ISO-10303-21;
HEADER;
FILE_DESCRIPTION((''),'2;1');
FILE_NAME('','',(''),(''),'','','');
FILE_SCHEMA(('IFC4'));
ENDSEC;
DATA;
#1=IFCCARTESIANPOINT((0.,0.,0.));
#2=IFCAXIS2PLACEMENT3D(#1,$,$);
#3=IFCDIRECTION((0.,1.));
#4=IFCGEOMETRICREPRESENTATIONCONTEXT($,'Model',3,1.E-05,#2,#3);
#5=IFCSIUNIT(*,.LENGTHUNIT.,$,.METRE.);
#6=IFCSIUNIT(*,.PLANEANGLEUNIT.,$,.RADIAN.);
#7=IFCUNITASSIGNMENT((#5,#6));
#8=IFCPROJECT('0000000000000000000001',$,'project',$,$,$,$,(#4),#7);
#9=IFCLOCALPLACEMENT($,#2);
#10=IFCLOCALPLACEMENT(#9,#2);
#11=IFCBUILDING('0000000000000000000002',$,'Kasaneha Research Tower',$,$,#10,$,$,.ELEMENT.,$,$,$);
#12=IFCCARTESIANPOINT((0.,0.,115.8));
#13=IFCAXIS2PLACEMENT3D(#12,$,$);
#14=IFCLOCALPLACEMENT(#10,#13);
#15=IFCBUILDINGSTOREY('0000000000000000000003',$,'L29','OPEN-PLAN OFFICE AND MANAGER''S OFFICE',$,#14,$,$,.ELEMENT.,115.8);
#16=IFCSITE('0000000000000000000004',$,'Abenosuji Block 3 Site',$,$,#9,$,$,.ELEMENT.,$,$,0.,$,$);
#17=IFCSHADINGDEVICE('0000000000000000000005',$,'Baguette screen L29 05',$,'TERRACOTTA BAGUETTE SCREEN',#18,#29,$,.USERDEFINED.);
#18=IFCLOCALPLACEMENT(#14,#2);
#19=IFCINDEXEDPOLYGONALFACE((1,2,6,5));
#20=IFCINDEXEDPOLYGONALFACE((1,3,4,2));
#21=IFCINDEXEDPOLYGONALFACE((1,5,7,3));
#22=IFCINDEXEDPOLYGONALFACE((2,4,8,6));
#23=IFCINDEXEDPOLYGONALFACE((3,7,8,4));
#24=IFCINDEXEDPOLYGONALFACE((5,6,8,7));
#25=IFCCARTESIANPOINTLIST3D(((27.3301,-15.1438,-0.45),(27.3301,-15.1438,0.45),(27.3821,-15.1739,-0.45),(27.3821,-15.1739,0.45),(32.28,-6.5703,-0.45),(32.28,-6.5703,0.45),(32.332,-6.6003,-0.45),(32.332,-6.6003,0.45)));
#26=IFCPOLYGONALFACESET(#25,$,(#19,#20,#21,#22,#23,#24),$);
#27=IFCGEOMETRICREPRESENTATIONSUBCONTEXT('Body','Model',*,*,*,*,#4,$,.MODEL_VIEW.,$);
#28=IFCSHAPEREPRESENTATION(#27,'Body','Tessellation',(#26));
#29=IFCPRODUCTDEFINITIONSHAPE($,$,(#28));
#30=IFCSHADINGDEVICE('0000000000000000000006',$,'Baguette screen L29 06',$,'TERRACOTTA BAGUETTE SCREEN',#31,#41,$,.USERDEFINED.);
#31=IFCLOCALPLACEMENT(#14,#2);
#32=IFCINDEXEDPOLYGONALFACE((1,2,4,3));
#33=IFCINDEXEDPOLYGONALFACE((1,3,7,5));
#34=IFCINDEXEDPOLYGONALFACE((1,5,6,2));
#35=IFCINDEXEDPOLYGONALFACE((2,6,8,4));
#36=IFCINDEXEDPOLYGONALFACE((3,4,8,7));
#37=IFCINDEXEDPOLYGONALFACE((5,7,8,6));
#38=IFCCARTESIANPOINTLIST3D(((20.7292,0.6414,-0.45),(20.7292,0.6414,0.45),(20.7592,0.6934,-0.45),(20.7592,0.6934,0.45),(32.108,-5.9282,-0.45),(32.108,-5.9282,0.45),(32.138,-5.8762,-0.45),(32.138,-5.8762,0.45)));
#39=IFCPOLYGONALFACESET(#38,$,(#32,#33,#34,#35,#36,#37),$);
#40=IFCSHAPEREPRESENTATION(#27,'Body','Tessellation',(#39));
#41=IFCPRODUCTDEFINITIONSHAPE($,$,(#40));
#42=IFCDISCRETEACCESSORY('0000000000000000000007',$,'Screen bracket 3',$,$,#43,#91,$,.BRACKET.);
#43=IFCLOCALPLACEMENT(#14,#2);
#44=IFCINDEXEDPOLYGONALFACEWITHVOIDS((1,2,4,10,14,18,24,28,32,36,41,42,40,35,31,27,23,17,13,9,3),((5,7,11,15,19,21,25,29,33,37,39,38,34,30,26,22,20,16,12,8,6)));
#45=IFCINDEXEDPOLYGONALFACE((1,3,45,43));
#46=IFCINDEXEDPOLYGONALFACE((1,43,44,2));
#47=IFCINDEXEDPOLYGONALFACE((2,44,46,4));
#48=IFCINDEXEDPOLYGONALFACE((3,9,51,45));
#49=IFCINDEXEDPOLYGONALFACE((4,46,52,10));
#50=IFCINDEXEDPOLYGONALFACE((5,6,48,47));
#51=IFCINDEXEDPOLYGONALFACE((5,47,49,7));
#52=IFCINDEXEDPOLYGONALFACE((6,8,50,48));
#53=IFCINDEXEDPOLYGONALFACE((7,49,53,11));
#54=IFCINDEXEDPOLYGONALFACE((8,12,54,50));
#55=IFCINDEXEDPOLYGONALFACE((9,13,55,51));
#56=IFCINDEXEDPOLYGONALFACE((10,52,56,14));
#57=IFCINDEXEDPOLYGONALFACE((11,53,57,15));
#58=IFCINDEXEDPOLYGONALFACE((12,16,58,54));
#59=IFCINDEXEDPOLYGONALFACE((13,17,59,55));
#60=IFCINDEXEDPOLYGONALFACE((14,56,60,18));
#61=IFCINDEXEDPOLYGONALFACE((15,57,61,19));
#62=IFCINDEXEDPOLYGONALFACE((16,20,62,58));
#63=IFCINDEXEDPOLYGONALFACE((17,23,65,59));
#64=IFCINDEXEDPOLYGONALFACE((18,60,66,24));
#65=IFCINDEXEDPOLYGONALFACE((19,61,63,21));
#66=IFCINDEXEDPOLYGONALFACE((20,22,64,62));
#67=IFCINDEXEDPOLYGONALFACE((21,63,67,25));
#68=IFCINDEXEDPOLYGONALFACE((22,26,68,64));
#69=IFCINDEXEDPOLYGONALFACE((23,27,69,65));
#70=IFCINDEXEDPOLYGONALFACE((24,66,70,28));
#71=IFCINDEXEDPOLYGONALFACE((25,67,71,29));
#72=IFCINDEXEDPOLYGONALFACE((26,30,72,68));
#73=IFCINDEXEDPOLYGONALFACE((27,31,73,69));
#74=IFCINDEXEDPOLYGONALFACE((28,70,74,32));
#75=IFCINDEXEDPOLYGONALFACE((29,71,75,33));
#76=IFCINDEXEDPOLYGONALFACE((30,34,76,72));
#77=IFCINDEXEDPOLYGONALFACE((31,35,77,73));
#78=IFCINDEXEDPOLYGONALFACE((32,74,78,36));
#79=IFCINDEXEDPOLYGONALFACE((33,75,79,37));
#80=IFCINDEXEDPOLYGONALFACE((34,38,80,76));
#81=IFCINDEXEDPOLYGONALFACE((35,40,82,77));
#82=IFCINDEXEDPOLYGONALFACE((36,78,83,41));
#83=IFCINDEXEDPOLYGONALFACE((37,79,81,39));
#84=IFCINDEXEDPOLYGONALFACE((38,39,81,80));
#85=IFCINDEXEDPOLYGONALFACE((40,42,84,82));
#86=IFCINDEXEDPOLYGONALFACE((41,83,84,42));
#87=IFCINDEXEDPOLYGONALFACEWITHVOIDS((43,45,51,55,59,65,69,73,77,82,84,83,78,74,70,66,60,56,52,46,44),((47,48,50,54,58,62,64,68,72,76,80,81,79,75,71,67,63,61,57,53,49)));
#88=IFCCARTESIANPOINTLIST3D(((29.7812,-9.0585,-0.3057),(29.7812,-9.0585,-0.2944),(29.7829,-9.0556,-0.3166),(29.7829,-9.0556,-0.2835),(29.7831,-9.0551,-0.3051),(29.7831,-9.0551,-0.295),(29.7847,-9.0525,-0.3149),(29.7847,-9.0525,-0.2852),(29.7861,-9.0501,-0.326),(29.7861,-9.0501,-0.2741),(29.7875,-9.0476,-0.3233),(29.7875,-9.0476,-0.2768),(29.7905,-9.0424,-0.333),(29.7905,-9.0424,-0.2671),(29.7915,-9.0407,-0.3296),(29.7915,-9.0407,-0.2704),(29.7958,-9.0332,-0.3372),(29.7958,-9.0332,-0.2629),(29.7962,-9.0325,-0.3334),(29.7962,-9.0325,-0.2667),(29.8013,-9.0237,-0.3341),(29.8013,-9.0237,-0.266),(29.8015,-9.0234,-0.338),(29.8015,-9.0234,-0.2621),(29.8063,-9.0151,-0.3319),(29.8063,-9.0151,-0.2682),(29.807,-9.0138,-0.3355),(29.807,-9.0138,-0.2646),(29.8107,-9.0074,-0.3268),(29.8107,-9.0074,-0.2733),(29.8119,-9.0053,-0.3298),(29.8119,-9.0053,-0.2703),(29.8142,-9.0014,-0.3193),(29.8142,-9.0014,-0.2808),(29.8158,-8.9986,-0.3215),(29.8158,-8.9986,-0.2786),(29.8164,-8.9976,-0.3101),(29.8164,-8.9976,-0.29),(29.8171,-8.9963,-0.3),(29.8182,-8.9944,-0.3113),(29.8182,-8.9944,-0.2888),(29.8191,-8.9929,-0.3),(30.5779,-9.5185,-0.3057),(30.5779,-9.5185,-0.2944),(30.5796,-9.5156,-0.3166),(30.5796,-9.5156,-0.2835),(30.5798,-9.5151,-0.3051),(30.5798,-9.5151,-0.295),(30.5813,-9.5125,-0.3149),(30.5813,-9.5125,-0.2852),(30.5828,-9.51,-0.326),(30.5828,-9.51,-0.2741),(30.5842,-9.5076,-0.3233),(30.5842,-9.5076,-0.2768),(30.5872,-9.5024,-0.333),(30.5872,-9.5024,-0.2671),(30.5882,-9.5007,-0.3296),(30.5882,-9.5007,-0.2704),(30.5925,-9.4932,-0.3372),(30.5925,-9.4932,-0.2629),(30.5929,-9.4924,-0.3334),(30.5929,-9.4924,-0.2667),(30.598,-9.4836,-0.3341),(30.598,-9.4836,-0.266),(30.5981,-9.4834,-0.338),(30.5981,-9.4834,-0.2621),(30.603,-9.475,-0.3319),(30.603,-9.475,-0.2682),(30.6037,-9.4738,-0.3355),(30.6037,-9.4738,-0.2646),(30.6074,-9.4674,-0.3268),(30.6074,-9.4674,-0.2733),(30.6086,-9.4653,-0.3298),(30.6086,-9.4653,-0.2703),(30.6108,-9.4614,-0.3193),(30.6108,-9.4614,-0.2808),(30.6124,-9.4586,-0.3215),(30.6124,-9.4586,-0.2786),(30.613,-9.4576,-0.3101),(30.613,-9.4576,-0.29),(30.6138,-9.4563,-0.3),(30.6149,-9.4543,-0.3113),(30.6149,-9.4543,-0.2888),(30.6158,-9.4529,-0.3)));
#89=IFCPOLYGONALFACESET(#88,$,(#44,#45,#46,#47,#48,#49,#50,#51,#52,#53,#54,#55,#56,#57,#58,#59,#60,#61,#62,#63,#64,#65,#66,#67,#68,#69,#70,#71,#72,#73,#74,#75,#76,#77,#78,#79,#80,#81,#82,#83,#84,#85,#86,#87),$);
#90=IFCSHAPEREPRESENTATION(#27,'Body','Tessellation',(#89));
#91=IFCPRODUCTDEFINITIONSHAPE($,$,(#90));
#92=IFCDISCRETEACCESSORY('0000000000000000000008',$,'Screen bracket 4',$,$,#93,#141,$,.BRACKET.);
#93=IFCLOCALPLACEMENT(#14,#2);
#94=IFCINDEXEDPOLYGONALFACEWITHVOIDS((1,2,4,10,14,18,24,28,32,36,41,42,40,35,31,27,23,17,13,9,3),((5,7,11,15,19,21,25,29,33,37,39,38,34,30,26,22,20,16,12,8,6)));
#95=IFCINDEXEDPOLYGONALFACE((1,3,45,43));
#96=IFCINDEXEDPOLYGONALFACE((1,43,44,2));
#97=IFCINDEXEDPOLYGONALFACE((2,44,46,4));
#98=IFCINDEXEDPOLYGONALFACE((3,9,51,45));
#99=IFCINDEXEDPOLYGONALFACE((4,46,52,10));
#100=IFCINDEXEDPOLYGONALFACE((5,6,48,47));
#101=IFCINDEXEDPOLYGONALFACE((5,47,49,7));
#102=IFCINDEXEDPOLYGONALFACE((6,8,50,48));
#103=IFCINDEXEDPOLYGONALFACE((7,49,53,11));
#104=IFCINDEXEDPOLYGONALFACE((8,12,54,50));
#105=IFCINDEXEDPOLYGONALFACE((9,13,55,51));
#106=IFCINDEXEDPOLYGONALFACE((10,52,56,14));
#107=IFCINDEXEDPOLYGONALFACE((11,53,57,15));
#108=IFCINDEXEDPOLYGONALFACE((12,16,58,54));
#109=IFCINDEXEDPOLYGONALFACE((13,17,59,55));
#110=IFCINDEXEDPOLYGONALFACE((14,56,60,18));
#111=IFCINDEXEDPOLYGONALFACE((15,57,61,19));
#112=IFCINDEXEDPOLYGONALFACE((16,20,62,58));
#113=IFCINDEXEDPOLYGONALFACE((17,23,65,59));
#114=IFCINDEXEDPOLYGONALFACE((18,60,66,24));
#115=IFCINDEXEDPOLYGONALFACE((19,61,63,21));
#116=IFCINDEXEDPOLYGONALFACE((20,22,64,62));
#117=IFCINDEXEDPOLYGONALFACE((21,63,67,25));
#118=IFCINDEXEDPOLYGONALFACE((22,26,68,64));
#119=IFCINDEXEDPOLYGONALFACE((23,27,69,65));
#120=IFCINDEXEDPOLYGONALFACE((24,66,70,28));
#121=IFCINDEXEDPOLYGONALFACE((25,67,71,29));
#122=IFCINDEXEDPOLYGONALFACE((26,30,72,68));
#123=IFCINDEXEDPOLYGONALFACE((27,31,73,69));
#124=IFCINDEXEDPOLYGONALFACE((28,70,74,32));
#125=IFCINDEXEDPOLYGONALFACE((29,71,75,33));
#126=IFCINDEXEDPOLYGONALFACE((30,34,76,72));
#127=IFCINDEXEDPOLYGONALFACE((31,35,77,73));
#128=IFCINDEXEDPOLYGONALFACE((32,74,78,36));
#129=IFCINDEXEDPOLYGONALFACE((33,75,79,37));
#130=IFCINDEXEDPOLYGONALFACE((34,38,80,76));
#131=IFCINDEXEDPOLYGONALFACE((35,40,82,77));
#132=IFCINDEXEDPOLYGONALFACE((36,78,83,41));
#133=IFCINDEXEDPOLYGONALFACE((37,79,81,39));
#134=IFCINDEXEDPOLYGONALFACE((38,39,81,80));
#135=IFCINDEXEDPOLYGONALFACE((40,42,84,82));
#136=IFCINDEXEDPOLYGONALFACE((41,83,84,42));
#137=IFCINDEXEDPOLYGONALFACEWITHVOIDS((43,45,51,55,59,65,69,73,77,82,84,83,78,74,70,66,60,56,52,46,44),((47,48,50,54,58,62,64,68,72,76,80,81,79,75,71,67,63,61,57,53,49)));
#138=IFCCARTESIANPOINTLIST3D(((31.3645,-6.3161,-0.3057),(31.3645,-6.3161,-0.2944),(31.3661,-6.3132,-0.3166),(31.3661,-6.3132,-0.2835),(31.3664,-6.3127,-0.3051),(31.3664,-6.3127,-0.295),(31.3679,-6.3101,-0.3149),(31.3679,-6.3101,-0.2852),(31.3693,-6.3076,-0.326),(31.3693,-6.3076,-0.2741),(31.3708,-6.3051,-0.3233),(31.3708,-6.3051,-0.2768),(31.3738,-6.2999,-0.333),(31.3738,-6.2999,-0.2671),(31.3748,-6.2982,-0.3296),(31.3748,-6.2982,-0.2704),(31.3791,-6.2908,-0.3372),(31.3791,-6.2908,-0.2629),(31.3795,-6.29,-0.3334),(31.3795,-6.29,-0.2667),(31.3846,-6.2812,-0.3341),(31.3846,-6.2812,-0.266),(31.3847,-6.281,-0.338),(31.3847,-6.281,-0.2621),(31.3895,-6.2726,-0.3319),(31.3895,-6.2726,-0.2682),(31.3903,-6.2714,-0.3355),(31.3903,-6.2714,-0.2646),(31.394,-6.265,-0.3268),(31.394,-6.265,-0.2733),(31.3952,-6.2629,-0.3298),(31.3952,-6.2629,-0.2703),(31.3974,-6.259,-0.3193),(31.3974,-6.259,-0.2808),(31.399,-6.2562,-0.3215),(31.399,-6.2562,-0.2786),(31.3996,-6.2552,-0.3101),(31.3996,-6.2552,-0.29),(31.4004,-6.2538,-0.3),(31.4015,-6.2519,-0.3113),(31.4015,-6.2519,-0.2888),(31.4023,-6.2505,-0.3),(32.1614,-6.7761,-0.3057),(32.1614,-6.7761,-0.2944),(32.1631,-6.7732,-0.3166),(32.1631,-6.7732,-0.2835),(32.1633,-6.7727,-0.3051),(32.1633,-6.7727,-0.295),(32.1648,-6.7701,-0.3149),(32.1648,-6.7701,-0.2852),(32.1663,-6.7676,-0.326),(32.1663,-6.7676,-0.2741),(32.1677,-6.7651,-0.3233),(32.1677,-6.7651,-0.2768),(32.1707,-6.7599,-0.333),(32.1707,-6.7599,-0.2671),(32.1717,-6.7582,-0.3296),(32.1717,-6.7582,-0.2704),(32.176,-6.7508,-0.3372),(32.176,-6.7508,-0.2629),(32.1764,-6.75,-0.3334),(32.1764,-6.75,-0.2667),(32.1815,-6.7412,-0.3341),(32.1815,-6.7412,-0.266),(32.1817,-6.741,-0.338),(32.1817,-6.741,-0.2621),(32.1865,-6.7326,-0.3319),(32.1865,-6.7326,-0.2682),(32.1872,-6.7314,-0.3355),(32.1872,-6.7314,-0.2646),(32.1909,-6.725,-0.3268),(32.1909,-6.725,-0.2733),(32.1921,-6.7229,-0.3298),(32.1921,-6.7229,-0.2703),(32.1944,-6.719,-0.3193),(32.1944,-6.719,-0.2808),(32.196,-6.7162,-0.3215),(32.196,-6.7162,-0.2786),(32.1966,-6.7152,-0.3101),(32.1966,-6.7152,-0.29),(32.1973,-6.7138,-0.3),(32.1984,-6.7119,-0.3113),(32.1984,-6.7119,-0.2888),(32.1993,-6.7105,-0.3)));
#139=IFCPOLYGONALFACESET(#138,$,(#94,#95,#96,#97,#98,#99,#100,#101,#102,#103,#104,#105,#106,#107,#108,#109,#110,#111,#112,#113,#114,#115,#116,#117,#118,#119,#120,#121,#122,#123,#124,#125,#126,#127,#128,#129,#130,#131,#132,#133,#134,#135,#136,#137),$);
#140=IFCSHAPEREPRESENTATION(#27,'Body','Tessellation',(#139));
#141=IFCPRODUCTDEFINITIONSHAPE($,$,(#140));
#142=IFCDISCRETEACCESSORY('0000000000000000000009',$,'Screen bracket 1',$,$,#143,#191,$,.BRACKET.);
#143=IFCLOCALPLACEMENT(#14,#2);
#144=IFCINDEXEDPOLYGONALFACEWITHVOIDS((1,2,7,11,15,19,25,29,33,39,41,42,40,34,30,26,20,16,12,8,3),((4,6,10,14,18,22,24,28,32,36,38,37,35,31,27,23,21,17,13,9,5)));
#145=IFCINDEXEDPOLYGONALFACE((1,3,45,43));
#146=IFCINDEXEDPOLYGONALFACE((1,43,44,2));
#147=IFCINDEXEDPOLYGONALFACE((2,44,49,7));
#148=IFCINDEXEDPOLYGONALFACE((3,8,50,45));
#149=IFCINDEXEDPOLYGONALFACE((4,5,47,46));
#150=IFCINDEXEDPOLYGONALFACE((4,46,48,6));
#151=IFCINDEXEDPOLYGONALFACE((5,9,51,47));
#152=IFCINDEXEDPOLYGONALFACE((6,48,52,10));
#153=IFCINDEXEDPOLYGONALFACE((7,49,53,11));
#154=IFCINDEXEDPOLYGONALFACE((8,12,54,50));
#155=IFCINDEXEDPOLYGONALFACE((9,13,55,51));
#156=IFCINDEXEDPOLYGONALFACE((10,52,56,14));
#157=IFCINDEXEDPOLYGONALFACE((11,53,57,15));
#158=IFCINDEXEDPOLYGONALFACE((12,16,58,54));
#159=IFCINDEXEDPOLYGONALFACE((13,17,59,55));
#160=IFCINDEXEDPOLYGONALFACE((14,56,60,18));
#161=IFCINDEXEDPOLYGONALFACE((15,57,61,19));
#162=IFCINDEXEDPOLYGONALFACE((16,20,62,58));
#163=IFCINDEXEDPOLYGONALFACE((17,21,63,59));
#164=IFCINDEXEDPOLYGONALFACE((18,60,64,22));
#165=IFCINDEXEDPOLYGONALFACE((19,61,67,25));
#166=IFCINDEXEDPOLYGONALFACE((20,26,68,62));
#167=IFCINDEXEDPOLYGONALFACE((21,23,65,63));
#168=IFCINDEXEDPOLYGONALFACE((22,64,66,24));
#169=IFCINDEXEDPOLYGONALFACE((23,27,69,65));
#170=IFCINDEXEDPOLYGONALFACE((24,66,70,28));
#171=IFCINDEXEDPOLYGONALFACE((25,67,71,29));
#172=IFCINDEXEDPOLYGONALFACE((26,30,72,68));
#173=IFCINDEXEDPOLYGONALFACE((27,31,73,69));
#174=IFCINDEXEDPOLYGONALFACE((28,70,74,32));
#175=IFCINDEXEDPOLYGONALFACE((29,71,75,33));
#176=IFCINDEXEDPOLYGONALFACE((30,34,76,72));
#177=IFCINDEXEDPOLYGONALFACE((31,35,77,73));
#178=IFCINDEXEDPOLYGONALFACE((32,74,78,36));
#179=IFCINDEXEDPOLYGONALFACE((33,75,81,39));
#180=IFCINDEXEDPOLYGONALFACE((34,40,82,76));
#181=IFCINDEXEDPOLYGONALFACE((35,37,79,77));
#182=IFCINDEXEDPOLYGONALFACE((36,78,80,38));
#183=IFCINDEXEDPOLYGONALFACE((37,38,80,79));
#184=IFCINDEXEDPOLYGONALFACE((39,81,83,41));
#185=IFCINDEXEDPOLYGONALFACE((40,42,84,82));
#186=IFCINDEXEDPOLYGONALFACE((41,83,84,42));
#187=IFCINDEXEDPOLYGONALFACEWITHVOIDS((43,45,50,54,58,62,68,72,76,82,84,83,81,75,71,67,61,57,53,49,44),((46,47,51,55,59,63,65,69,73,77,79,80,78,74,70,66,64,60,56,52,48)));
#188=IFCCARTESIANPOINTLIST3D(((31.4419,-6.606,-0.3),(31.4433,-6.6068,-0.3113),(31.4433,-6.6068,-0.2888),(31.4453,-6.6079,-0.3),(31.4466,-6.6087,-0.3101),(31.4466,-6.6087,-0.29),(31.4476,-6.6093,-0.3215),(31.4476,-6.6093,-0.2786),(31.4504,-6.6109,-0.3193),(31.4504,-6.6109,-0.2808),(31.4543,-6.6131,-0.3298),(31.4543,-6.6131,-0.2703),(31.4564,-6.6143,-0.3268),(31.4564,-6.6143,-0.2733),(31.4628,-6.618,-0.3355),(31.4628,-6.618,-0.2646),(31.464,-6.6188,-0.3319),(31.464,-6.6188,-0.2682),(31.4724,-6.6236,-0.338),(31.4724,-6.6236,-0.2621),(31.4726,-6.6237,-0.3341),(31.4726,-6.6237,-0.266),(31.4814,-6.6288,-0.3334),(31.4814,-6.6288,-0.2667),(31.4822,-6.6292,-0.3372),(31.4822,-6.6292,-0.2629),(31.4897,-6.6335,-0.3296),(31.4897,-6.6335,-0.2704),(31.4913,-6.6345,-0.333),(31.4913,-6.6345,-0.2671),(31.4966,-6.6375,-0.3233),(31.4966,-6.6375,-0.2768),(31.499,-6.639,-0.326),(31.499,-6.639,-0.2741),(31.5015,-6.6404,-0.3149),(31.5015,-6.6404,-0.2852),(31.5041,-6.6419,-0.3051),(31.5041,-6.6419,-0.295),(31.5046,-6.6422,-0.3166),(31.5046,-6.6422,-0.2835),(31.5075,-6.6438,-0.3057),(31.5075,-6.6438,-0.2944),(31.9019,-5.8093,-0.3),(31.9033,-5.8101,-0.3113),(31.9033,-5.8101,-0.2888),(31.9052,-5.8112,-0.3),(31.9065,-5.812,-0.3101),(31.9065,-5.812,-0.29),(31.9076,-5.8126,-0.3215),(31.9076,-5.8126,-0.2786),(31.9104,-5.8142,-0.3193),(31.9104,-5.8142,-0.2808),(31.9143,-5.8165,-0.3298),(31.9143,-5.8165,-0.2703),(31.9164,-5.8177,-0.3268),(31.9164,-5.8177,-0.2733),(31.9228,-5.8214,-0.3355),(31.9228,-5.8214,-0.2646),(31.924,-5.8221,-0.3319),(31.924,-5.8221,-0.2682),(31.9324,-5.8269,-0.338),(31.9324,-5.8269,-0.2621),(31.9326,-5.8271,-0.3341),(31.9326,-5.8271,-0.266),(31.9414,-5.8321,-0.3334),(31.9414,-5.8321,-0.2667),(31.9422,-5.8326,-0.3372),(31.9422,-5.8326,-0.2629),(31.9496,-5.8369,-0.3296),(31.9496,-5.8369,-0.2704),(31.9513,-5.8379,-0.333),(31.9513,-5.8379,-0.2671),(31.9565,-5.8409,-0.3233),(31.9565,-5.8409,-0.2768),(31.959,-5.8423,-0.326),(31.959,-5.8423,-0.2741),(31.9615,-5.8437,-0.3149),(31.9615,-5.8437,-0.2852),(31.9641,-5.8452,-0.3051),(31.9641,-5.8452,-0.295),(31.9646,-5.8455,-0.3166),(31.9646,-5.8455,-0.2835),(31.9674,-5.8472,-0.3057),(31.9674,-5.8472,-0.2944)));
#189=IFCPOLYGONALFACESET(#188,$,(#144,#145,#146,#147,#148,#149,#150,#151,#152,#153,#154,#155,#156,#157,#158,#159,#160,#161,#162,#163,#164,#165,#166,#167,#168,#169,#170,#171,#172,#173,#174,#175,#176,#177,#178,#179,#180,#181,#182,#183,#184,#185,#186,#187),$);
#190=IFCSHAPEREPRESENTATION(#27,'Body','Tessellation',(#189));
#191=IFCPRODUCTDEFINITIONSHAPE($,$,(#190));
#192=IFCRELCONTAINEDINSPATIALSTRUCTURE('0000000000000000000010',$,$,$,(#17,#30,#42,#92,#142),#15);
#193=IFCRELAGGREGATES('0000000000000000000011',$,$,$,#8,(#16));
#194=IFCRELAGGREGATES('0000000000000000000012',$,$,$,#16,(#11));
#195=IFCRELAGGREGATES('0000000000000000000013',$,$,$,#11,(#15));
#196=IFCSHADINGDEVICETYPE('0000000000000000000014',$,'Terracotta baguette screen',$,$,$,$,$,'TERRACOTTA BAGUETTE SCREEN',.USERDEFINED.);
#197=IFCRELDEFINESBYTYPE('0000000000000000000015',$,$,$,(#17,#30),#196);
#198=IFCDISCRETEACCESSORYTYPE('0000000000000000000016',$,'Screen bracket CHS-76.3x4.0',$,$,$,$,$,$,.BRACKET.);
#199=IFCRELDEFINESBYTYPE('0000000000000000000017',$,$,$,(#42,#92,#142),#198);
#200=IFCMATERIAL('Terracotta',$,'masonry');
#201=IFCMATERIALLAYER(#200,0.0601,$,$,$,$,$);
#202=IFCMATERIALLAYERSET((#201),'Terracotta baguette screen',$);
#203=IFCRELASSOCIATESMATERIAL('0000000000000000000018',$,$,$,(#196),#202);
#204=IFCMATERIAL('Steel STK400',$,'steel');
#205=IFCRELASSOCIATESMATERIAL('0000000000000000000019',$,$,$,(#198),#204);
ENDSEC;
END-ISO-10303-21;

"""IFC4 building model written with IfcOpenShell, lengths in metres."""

from ifc_helpers import new_model, si_unit, direction, frame, origin, origin_2d, place, context, subcontext, project, spatial, rectangle, hollow_circle, extrude, material, layer, layer_set, material_profile, profile_set, type_object, element, save


model = new_model("IFC4")

# Units and contexts
model_context = context("Model", 3, precision=1e-05, world=origin(), true_north=direction((0.0, 1.0)))
body_context = subcontext(model_context, "Body", "Model", "MODEL_VIEW")
ifc_project = project(units=[si_unit("LENGTHUNIT", "METRE"), si_unit("PLANEANGLEUNIT", "RADIAN")], contexts=[model_context])

# Site, building, storey
site_placement = place(None, origin())
site = spatial("IfcSite", under=ifc_project, at=site_placement, Name="Abenosuji Block 3 Site", CompositionType="ELEMENT", RefElevation=0.0)
building_placement = place(site_placement, origin())
building = spatial("IfcBuilding", under=site, at=building_placement, Name="Kasaneha Research Tower", CompositionType="ELEMENT")
storey_placement = place(building_placement, frame((0.0, 0.0, 115.8)))
storey = spatial("IfcBuildingStorey", under=building, at=storey_placement, Name="L29", Description="OPEN-PLAN OFFICE AND MANAGER'S OFFICE", CompositionType="ELEMENT", Elevation=115.8)

# Shading devices
ifc_material_1 = material(Name="Terracotta", Category="masonry")
ifc_layer_1 = layer(ifc_material_1, 0.0601)
ifc_layer_set_1 = layer_set([ifc_layer_1], Name="Terracotta baguette screen")
shading_device_type = type_object("IfcShadingDeviceType", Name="Terracotta baguette screen", ElementType="TERRACOTTA BAGUETTE SCREEN", PredefinedType="USERDEFINED", material=ifc_layer_set_1)
shading_device_1_placement = place(storey_placement, frame((29.8311, -10.8721, -0.45), z_axis=(0.0, 0.0, 1.0), x_axis=(0.5, 0.866025, 0.0)))
element("IfcShadingDevice", 1, at=shading_device_1_placement, inside=storey, type_object=shading_device_type, Name="Baguette screen L29 05", ObjectType="TERRACOTTA BAGUETTE SCREEN", PredefinedType="USERDEFINED", context=body_context, shape_type="SweptSolid", body=[
    extrude(rectangle(XDim=9.8999, YDim=0.0601, at=origin_2d()), origin(), (0.0, 0.0, 1.0), 0.8999),
])
shading_device_2_placement = place(storey_placement, frame((26.4336, -2.6174, -0.45), z_axis=(0.0, 0.0, 1.0), x_axis=(-0.866025, 0.5, 0.0)))
element("IfcShadingDevice", 2, at=shading_device_2_placement, inside=storey, type_object=shading_device_type, Name="Baguette screen L29 06", ObjectType="TERRACOTTA BAGUETTE SCREEN", PredefinedType="USERDEFINED", context=body_context, shape_type="SweptSolid", body=[
    extrude(rectangle(XDim=13.1392, YDim=0.0601, at=origin_2d()), origin(), (0.0, 0.0, 1.0), 0.8999),
])

# Discrete accessories
ifc_material_2 = material(Name="Steel STK400", Category="steel")
ifc_material_profile_1 = material_profile(ifc_material_2, hollow_circle(Radius=0.0381, WallThickness=0.0039, at=origin_2d()), Name="CHS-76.3x4.0")
ifc_profile_set_1 = profile_set([ifc_material_profile_1], Name="Steel STK400")
discrete_accessory_type = type_object("IfcDiscreteAccessoryType", Name="Screen bracket CHS-76.3x4.0", PredefinedType="BRACKET", material=ifc_profile_set_1)
discrete_accessory_1_placement = place(storey_placement, frame((29.8, -9.0259, -0.3), z_axis=(0.866013, -0.500021, 0.0), x_axis=(0.500021, 0.866013, 0.0)))
element("IfcDiscreteAccessory", 3, at=discrete_accessory_1_placement, inside=storey, type_object=discrete_accessory_type, Name="Screen bracket 3", PredefinedType="BRACKET", context=body_context, shape_type="SweptSolid", body=[
    extrude(hollow_circle(Radius=0.0381, WallThickness=0.0039, at=origin_2d()), origin(), (0.0, 0.0, 1.0), 0.9199),
])
discrete_accessory_2_placement = place(storey_placement, frame((31.3833, -6.2834, -0.3), z_axis=(0.86608, -0.499906, 0.0), x_axis=(0.499906, 0.86608, 0.0)))
element("IfcDiscreteAccessory", 4, at=discrete_accessory_2_placement, inside=storey, type_object=discrete_accessory_type, Name="Screen bracket 4", PredefinedType="BRACKET", context=body_context, shape_type="SweptSolid", body=[
    extrude(hollow_circle(Radius=0.0381, WallThickness=0.0039, at=origin_2d()), origin(), (0.0, 0.0, 1.0), 0.9202),
])
discrete_accessory_3_placement = place(storey_placement, frame((31.4749, -6.625, -0.3), z_axis=(0.500021, 0.866013, 0.0), x_axis=(-0.866013, 0.500021, 0.0)))
element("IfcDiscreteAccessory", 5, at=discrete_accessory_3_placement, inside=storey, type_object=discrete_accessory_type, Name="Screen bracket 1", PredefinedType="BRACKET", context=body_context, shape_type="SweptSolid", body=[
    extrude(hollow_circle(Radius=0.0381, WallThickness=0.0039, at=origin_2d()), origin(), (0.0, 0.0, 1.0), 0.9199),
])

save(model, "model.ifc")
